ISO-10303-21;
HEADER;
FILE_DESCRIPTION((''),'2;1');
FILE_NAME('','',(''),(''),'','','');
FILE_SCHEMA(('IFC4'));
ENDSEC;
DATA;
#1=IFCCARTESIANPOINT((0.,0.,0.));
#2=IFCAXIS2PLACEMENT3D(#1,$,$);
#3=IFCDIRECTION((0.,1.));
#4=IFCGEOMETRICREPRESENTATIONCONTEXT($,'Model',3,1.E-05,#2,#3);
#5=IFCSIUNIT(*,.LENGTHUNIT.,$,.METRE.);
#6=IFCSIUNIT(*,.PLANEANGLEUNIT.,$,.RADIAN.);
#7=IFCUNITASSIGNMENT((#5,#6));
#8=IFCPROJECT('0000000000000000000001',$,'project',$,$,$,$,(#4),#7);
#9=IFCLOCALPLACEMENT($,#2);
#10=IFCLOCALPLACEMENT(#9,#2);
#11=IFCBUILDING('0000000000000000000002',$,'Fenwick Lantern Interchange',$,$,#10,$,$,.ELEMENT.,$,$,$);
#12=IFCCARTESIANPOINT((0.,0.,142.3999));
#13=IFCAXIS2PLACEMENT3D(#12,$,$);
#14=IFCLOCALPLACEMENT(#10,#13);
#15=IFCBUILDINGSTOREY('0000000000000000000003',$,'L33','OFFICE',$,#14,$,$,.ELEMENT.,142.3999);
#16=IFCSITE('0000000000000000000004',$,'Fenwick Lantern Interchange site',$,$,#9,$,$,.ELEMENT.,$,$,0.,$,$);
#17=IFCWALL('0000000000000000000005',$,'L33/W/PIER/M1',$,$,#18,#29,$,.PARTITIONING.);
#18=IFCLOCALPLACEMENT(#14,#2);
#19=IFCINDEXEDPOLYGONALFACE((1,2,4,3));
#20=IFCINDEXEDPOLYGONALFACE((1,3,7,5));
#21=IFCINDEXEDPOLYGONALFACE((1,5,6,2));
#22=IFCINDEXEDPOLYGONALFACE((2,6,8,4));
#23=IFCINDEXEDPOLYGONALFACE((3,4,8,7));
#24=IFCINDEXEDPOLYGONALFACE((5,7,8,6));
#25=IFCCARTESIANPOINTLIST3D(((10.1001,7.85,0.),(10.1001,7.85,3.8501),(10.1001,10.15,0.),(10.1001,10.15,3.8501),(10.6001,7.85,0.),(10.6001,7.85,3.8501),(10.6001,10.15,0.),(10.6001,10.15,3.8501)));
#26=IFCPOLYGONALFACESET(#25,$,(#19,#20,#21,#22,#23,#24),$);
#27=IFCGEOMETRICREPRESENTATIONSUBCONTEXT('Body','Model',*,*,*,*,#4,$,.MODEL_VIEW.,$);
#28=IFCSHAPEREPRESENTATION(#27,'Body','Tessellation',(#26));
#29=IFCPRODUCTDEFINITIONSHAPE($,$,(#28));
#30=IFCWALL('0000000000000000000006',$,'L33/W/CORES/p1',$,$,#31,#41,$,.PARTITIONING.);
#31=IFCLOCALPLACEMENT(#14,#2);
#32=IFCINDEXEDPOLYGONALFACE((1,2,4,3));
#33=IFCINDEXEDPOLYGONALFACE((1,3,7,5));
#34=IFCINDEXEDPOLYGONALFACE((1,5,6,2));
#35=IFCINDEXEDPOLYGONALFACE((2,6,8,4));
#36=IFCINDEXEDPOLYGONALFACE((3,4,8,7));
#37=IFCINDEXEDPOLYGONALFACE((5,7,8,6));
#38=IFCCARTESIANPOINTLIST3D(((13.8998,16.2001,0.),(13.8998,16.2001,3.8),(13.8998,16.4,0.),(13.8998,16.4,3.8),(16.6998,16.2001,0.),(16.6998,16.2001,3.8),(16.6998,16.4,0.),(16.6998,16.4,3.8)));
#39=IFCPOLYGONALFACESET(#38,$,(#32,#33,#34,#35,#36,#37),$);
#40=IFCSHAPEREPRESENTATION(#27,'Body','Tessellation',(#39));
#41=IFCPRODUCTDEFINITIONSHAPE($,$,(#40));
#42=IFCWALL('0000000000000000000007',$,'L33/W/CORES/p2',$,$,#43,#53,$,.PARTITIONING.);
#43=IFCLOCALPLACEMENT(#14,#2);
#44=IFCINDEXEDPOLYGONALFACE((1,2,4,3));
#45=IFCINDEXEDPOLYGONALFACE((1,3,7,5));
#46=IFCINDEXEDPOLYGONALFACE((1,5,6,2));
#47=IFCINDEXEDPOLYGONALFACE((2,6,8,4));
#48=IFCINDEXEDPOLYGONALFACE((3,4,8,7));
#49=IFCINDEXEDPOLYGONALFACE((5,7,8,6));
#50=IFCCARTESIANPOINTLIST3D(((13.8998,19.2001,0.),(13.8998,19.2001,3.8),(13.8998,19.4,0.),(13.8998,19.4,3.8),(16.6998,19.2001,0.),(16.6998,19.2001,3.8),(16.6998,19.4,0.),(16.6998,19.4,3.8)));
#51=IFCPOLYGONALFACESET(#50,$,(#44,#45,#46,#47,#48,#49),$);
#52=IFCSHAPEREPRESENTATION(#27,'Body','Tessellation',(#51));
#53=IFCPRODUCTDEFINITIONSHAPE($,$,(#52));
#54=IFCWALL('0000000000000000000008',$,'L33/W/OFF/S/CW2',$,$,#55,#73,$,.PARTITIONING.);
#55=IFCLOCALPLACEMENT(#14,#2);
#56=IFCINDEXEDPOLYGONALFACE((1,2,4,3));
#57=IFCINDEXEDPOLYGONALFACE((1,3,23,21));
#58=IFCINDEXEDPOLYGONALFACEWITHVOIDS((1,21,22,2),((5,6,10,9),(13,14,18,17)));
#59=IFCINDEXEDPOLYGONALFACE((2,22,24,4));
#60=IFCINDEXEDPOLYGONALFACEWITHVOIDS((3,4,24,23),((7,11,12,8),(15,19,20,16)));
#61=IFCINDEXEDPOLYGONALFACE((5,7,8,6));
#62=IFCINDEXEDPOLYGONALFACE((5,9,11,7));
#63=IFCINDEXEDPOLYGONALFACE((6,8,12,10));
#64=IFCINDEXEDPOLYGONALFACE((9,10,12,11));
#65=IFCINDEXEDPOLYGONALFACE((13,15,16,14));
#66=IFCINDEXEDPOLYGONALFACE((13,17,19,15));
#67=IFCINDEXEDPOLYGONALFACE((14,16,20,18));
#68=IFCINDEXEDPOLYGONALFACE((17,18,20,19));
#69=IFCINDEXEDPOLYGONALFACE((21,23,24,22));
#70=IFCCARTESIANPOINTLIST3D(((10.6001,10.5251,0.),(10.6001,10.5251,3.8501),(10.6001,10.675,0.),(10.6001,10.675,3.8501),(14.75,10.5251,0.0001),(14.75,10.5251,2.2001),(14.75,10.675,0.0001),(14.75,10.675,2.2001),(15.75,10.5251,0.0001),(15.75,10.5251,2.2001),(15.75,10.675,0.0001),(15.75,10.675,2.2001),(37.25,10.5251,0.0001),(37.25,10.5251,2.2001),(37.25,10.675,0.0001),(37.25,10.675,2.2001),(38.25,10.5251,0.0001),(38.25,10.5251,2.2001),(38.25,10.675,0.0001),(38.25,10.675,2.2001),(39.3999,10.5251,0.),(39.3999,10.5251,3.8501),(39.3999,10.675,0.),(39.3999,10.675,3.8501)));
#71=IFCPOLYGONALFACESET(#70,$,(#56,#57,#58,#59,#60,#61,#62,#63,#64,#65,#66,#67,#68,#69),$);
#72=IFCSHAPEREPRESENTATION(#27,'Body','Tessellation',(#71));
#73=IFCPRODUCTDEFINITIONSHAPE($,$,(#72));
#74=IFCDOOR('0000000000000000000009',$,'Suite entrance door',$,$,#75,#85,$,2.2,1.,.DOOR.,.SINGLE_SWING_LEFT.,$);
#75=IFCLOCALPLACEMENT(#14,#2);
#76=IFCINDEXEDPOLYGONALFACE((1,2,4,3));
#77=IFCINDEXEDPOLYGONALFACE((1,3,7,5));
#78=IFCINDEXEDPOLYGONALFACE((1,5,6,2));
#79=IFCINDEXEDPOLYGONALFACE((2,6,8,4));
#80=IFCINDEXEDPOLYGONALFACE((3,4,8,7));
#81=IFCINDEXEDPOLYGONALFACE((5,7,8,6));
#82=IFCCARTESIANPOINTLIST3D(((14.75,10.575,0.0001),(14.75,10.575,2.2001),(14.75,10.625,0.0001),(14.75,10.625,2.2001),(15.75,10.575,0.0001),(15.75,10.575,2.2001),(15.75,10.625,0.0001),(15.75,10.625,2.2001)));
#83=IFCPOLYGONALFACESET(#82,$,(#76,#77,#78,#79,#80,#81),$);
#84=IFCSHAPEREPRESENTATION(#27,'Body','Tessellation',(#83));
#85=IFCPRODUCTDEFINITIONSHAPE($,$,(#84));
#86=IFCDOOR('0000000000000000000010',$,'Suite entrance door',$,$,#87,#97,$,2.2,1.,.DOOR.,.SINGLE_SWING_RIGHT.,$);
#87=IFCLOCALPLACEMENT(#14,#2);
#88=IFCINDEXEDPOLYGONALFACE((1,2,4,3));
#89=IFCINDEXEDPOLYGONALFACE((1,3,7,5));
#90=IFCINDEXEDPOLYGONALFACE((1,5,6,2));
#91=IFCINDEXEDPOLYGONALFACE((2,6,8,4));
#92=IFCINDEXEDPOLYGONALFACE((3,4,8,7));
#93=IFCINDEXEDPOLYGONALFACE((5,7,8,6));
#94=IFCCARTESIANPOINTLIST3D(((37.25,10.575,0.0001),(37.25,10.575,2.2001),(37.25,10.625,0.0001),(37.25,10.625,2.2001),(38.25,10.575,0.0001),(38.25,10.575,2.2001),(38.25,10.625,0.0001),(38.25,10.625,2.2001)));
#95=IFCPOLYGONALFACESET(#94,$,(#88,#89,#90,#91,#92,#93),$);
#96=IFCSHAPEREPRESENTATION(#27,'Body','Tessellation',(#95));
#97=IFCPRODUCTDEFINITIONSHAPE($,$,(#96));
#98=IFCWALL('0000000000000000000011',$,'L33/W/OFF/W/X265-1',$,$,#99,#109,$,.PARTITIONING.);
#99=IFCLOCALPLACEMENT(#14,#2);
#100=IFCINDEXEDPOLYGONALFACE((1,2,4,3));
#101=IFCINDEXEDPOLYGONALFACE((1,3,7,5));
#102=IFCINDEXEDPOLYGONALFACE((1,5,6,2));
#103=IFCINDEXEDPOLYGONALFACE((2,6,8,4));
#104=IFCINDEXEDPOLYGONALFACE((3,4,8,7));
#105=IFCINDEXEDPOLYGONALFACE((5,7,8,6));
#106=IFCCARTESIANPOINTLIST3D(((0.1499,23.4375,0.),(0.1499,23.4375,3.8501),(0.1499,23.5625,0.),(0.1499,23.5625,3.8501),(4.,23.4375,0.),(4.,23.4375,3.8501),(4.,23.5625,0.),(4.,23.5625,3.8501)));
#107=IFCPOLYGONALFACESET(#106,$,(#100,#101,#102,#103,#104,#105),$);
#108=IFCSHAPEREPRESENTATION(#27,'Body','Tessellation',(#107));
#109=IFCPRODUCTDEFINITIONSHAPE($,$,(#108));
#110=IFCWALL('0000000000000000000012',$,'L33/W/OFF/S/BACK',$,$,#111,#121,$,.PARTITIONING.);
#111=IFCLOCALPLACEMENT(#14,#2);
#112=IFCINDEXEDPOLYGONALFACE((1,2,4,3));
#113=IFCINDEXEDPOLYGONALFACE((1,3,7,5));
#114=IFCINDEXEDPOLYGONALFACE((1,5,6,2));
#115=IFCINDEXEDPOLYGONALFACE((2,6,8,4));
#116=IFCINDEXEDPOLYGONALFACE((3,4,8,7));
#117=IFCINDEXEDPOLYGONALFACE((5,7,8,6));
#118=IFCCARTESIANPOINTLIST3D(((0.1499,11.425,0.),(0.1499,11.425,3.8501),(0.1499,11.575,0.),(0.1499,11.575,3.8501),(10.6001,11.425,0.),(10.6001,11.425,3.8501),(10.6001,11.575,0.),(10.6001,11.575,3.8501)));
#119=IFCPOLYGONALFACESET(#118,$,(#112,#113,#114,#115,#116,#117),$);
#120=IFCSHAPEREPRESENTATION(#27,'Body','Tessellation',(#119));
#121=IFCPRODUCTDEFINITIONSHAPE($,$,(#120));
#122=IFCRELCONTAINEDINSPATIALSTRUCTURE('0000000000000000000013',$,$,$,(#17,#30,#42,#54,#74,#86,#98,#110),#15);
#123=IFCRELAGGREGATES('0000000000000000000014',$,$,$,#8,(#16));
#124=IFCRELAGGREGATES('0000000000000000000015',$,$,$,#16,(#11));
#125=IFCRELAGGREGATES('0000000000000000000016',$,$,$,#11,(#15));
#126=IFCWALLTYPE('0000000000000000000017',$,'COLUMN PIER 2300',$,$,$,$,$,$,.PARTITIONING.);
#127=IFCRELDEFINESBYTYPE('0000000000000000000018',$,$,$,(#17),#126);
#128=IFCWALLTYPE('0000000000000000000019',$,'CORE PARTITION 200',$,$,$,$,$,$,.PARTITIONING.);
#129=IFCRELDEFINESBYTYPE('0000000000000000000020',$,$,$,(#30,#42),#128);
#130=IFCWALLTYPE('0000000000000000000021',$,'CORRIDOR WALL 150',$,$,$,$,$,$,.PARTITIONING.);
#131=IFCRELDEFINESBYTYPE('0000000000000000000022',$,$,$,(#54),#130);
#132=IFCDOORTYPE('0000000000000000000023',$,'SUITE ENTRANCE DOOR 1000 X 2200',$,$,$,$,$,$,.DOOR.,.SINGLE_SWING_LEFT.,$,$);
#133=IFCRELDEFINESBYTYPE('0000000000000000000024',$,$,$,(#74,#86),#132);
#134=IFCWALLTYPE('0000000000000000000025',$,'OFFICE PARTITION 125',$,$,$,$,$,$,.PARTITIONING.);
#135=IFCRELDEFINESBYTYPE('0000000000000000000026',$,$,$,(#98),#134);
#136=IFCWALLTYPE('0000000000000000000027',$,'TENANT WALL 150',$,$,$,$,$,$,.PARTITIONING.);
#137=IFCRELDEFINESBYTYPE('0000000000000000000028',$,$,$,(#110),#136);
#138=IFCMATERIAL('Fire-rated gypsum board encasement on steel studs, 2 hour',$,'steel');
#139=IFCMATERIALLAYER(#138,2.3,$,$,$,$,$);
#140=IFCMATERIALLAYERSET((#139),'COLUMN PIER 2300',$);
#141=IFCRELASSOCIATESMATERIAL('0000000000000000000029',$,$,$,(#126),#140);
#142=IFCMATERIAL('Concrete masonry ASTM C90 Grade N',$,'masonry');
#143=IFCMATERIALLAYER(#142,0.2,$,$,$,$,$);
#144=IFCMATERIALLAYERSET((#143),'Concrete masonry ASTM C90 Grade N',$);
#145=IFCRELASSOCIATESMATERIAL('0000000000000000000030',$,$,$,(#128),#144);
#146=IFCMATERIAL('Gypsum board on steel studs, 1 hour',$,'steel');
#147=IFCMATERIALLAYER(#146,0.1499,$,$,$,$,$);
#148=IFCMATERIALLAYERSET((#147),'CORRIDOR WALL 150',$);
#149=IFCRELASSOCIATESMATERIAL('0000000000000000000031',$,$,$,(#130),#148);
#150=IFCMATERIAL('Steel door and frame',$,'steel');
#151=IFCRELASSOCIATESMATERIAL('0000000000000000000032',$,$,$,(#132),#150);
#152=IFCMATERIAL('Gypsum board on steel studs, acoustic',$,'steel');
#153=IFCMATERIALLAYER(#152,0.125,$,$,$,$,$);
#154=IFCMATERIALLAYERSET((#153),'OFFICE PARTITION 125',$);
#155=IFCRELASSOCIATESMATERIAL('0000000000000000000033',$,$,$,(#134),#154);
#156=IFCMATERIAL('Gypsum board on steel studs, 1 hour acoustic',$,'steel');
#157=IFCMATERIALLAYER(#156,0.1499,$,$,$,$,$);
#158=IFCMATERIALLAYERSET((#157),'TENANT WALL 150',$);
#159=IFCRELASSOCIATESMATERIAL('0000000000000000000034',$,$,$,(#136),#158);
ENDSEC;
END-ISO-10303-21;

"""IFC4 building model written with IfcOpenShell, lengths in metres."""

from ifc_helpers import new_model, si_unit, direction, frame, frame_2d, origin, place, context, subcontext, project, spatial, rectangle, extrude, material, layer, layer_set, type_object, element, fill, save


model = new_model("IFC4")

# Units and contexts
model_context = context("Model", 3, precision=1e-05, world=origin(), true_north=direction((0.0, 1.0)))
body_context = subcontext(model_context, "Body", "Model", "MODEL_VIEW")
ifc_project = project(units=[si_unit("LENGTHUNIT", "METRE"), si_unit("PLANEANGLEUNIT", "RADIAN")], contexts=[model_context])

# Site, building, storey
site_placement = place(None, origin())
site = spatial("IfcSite", under=ifc_project, at=site_placement, Name="Fenwick Lantern Interchange site", CompositionType="ELEMENT", RefElevation=0.0)
building_placement = place(site_placement, origin())
building = spatial("IfcBuilding", under=site, at=building_placement, Name="Fenwick Lantern Interchange", CompositionType="ELEMENT")
storey_placement = place(building_placement, frame((0.0, 0.0, 142.3999)))
storey = spatial("IfcBuildingStorey", under=building, at=storey_placement, Name="L33", Description="OFFICE", CompositionType="ELEMENT", Elevation=142.3999)

# Walls
ifc_material_1 = material(Name="Fire-rated gypsum board encasement on steel studs, 2 hour", Category="steel")
ifc_layer_1 = layer(ifc_material_1, 2.3)
ifc_layer_set_1 = layer_set([ifc_layer_1], Name="COLUMN PIER 2300")
wall_type_1 = type_object("IfcWallType", Name="COLUMN PIER 2300", PredefinedType="PARTITIONING", material=ifc_layer_set_1)
wall_1_placement = place(storey_placement, frame((10.6001, 9.0, 0.0), z_axis=(0.0, 0.0, 1.0), x_axis=(-1.0, 0.0, 0.0)))
element("IfcWall", 1, at=wall_1_placement, inside=storey, type_object=wall_type_1, Name="L33/W/PIER/M1", PredefinedType="PARTITIONING", context=body_context, shape_type="SweptSolid", body=[
    extrude(rectangle(XDim=0.5, YDim=2.3, at=frame_2d((0.25, 0.0))), origin(), (0.0, 0.0, 1.0), 3.8501),
])
ifc_material_2 = material(Name="Concrete masonry ASTM C90 Grade N", Category="masonry")
ifc_layer_2 = layer(ifc_material_2, 0.2)
ifc_layer_set_2 = layer_set([ifc_layer_2], Name="Concrete masonry ASTM C90 Grade N")
wall_type_2 = type_object("IfcWallType", Name="CORE PARTITION 200", PredefinedType="PARTITIONING", material=ifc_layer_set_2)
for number, where, z_axis, x_axis, name in (
    (2, (13.8999, 16.3, 0.0), (0.0, 0.0, 1.0), (1.0, 0.0, 0.0), "L33/W/CORES/p1"),
    (3, (13.8999, 19.3, 0.0), (0.0, 0.0, 1.0), (1.0, 0.0, 0.0), "L33/W/CORES/p2"),
):
    element("IfcWall", number, at=place(storey_placement, frame(where, z_axis=z_axis, x_axis=x_axis)), inside=storey, type_object=wall_type_2, Name=name, PredefinedType="PARTITIONING", context=body_context, shape_type="SweptSolid", body=[
        extrude(rectangle(XDim=2.8, YDim=0.2, at=frame_2d((1.3999, 0.0))), origin(), (0.0, 0.0, 1.0), 3.8),
    ])

# Wall, openings, doors
ifc_material_3 = material(Name="Steel door and frame", Category="steel")
ifc_material_4 = material(Name="Gypsum board on steel studs, 1 hour", Category="steel")
ifc_layer_3 = layer(ifc_material_4, 0.1499)
ifc_layer_set_3 = layer_set([ifc_layer_3], Name="CORRIDOR WALL 150")
wall_type_3 = type_object("IfcWallType", Name="CORRIDOR WALL 150", PredefinedType="PARTITIONING", material=ifc_layer_set_3)
wall_2_placement = place(storey_placement, frame((10.6001, 10.6001, 0.0), z_axis=(0.0, 0.0, 1.0), x_axis=(1.0, 0.0, 0.0)))
wall_2 = element("IfcWall", 4, at=wall_2_placement, inside=storey, type_object=wall_type_3, Name="L33/W/OFF/S/CW2", PredefinedType="PARTITIONING", context=body_context, shape_type="SweptSolid", body=[
    extrude(rectangle(XDim=28.7998, YDim=0.1499, at=frame_2d((14.3999, 0.0))), origin(), (0.0, 0.0, 1.0), 3.8501),
])
opening_1_placement = place(wall_2_placement, frame((4.1499, 0.0, 0.0)))
opening_1 = element("IfcOpeningElement", 5, at=opening_1_placement, cuts=wall_2, PredefinedType="OPENING", context=body_context, shape_type="SweptSolid", body=[
    extrude(rectangle(XDim=1.0, YDim=2.2, at=frame_2d((0.5, 1.1001))), frame((0.0, 0.085, 0.0), z_axis=(0.0, -1.0, 0.0), x_axis=(1.0, 0.0, 0.0)), (0.0, 0.0, 1.0), 0.1699),
])
opening_2_placement = place(wall_2_placement, frame((26.6499, 0.0, 0.0)))
opening_2 = element("IfcOpeningElement", 6, at=opening_2_placement, cuts=wall_2, PredefinedType="OPENING", context=body_context, shape_type="SweptSolid", body=[
    extrude(rectangle(XDim=1.0, YDim=2.2, at=frame_2d((0.5, 1.1001))), frame((0.0, 0.085, 0.0), z_axis=(0.0, -1.0, 0.0), x_axis=(1.0, 0.0, 0.0)), (0.0, 0.0, 1.0), 0.1699),
])
door_type_1 = type_object("IfcDoorType", Name="SUITE ENTRANCE DOOR 1000 X 2200", OperationType="SINGLE_SWING_LEFT", PredefinedType="DOOR", material=ifc_material_3)
door_1_placement = place(opening_1_placement, origin())
door_1 = element("IfcDoor", 7, at=door_1_placement, inside=storey, type_object=door_type_1, Name="Suite entrance door", OperationType="SINGLE_SWING_LEFT", OverallHeight=2.2, OverallWidth=1.0, PredefinedType="DOOR", context=body_context, shape_type="SweptSolid", body=[
    extrude(rectangle(XDim=1.0, YDim=2.2, at=frame_2d((0.5, 1.1001))), frame((0.0, 0.0249, 0.0), z_axis=(0.0, -1.0, 0.0), x_axis=(1.0, 0.0, 0.0)), (0.0, 0.0, 1.0), 0.05),
])
fill(opening_1, door_1)
door_2_placement = place(opening_2_placement, origin())
door_2 = element("IfcDoor", 8, at=door_2_placement, inside=storey, type_object=door_type_1, Name="Suite entrance door", OperationType="SINGLE_SWING_RIGHT", OverallHeight=2.2, OverallWidth=1.0, PredefinedType="DOOR", context=body_context, shape_type="SweptSolid", body=[
    extrude(rectangle(XDim=1.0, YDim=2.2, at=frame_2d((0.5, 1.1001))), frame((0.0, 0.0249, 0.0), z_axis=(0.0, -1.0, 0.0), x_axis=(1.0, 0.0, 0.0)), (0.0, 0.0, 1.0), 0.05),
])
fill(opening_2, door_2)

# Walls
ifc_material_5 = material(Name="Gypsum board on steel studs, acoustic", Category="steel")
ifc_layer_4 = layer(ifc_material_5, 0.125)
ifc_layer_set_4 = layer_set([ifc_layer_4], Name="OFFICE PARTITION 125")
wall_type_4 = type_object("IfcWallType", Name="OFFICE PARTITION 125", PredefinedType="PARTITIONING", material=ifc_layer_set_4)
wall_3_placement = place(storey_placement, frame((0.1499, 23.5, 0.0), z_axis=(0.0, 0.0, 1.0), x_axis=(1.0, 0.0, 0.0)))
element("IfcWall", 9, at=wall_3_placement, inside=storey, type_object=wall_type_4, Name="L33/W/OFF/W/X265-1", PredefinedType="PARTITIONING", context=body_context, shape_type="SweptSolid", body=[
    extrude(rectangle(XDim=3.8501, YDim=0.125, at=frame_2d((1.925, 0.0))), origin(), (0.0, 0.0, 1.0), 3.8501),
])
ifc_material_6 = material(Name="Gypsum board on steel studs, 1 hour acoustic", Category="steel")
ifc_layer_5 = layer(ifc_material_6, 0.1499)
ifc_layer_set_5 = layer_set([ifc_layer_5], Name="TENANT WALL 150")
wall_type_5 = type_object("IfcWallType", Name="TENANT WALL 150", PredefinedType="PARTITIONING", material=ifc_layer_set_5)
wall_4_placement = place(storey_placement, frame((0.1499, 11.5, 0.0), z_axis=(0.0, 0.0, 1.0), x_axis=(1.0, 0.0, 0.0)))
element("IfcWall", 10, at=wall_4_placement, inside=storey, type_object=wall_type_5, Name="L33/W/OFF/S/BACK", PredefinedType="PARTITIONING", context=body_context, shape_type="SweptSolid", body=[
    extrude(rectangle(XDim=10.4502, YDim=0.1499, at=frame_2d((5.2251, 0.0))), origin(), (0.0, 0.0, 1.0), 3.8501),
])

save(model, "model.ifc")
